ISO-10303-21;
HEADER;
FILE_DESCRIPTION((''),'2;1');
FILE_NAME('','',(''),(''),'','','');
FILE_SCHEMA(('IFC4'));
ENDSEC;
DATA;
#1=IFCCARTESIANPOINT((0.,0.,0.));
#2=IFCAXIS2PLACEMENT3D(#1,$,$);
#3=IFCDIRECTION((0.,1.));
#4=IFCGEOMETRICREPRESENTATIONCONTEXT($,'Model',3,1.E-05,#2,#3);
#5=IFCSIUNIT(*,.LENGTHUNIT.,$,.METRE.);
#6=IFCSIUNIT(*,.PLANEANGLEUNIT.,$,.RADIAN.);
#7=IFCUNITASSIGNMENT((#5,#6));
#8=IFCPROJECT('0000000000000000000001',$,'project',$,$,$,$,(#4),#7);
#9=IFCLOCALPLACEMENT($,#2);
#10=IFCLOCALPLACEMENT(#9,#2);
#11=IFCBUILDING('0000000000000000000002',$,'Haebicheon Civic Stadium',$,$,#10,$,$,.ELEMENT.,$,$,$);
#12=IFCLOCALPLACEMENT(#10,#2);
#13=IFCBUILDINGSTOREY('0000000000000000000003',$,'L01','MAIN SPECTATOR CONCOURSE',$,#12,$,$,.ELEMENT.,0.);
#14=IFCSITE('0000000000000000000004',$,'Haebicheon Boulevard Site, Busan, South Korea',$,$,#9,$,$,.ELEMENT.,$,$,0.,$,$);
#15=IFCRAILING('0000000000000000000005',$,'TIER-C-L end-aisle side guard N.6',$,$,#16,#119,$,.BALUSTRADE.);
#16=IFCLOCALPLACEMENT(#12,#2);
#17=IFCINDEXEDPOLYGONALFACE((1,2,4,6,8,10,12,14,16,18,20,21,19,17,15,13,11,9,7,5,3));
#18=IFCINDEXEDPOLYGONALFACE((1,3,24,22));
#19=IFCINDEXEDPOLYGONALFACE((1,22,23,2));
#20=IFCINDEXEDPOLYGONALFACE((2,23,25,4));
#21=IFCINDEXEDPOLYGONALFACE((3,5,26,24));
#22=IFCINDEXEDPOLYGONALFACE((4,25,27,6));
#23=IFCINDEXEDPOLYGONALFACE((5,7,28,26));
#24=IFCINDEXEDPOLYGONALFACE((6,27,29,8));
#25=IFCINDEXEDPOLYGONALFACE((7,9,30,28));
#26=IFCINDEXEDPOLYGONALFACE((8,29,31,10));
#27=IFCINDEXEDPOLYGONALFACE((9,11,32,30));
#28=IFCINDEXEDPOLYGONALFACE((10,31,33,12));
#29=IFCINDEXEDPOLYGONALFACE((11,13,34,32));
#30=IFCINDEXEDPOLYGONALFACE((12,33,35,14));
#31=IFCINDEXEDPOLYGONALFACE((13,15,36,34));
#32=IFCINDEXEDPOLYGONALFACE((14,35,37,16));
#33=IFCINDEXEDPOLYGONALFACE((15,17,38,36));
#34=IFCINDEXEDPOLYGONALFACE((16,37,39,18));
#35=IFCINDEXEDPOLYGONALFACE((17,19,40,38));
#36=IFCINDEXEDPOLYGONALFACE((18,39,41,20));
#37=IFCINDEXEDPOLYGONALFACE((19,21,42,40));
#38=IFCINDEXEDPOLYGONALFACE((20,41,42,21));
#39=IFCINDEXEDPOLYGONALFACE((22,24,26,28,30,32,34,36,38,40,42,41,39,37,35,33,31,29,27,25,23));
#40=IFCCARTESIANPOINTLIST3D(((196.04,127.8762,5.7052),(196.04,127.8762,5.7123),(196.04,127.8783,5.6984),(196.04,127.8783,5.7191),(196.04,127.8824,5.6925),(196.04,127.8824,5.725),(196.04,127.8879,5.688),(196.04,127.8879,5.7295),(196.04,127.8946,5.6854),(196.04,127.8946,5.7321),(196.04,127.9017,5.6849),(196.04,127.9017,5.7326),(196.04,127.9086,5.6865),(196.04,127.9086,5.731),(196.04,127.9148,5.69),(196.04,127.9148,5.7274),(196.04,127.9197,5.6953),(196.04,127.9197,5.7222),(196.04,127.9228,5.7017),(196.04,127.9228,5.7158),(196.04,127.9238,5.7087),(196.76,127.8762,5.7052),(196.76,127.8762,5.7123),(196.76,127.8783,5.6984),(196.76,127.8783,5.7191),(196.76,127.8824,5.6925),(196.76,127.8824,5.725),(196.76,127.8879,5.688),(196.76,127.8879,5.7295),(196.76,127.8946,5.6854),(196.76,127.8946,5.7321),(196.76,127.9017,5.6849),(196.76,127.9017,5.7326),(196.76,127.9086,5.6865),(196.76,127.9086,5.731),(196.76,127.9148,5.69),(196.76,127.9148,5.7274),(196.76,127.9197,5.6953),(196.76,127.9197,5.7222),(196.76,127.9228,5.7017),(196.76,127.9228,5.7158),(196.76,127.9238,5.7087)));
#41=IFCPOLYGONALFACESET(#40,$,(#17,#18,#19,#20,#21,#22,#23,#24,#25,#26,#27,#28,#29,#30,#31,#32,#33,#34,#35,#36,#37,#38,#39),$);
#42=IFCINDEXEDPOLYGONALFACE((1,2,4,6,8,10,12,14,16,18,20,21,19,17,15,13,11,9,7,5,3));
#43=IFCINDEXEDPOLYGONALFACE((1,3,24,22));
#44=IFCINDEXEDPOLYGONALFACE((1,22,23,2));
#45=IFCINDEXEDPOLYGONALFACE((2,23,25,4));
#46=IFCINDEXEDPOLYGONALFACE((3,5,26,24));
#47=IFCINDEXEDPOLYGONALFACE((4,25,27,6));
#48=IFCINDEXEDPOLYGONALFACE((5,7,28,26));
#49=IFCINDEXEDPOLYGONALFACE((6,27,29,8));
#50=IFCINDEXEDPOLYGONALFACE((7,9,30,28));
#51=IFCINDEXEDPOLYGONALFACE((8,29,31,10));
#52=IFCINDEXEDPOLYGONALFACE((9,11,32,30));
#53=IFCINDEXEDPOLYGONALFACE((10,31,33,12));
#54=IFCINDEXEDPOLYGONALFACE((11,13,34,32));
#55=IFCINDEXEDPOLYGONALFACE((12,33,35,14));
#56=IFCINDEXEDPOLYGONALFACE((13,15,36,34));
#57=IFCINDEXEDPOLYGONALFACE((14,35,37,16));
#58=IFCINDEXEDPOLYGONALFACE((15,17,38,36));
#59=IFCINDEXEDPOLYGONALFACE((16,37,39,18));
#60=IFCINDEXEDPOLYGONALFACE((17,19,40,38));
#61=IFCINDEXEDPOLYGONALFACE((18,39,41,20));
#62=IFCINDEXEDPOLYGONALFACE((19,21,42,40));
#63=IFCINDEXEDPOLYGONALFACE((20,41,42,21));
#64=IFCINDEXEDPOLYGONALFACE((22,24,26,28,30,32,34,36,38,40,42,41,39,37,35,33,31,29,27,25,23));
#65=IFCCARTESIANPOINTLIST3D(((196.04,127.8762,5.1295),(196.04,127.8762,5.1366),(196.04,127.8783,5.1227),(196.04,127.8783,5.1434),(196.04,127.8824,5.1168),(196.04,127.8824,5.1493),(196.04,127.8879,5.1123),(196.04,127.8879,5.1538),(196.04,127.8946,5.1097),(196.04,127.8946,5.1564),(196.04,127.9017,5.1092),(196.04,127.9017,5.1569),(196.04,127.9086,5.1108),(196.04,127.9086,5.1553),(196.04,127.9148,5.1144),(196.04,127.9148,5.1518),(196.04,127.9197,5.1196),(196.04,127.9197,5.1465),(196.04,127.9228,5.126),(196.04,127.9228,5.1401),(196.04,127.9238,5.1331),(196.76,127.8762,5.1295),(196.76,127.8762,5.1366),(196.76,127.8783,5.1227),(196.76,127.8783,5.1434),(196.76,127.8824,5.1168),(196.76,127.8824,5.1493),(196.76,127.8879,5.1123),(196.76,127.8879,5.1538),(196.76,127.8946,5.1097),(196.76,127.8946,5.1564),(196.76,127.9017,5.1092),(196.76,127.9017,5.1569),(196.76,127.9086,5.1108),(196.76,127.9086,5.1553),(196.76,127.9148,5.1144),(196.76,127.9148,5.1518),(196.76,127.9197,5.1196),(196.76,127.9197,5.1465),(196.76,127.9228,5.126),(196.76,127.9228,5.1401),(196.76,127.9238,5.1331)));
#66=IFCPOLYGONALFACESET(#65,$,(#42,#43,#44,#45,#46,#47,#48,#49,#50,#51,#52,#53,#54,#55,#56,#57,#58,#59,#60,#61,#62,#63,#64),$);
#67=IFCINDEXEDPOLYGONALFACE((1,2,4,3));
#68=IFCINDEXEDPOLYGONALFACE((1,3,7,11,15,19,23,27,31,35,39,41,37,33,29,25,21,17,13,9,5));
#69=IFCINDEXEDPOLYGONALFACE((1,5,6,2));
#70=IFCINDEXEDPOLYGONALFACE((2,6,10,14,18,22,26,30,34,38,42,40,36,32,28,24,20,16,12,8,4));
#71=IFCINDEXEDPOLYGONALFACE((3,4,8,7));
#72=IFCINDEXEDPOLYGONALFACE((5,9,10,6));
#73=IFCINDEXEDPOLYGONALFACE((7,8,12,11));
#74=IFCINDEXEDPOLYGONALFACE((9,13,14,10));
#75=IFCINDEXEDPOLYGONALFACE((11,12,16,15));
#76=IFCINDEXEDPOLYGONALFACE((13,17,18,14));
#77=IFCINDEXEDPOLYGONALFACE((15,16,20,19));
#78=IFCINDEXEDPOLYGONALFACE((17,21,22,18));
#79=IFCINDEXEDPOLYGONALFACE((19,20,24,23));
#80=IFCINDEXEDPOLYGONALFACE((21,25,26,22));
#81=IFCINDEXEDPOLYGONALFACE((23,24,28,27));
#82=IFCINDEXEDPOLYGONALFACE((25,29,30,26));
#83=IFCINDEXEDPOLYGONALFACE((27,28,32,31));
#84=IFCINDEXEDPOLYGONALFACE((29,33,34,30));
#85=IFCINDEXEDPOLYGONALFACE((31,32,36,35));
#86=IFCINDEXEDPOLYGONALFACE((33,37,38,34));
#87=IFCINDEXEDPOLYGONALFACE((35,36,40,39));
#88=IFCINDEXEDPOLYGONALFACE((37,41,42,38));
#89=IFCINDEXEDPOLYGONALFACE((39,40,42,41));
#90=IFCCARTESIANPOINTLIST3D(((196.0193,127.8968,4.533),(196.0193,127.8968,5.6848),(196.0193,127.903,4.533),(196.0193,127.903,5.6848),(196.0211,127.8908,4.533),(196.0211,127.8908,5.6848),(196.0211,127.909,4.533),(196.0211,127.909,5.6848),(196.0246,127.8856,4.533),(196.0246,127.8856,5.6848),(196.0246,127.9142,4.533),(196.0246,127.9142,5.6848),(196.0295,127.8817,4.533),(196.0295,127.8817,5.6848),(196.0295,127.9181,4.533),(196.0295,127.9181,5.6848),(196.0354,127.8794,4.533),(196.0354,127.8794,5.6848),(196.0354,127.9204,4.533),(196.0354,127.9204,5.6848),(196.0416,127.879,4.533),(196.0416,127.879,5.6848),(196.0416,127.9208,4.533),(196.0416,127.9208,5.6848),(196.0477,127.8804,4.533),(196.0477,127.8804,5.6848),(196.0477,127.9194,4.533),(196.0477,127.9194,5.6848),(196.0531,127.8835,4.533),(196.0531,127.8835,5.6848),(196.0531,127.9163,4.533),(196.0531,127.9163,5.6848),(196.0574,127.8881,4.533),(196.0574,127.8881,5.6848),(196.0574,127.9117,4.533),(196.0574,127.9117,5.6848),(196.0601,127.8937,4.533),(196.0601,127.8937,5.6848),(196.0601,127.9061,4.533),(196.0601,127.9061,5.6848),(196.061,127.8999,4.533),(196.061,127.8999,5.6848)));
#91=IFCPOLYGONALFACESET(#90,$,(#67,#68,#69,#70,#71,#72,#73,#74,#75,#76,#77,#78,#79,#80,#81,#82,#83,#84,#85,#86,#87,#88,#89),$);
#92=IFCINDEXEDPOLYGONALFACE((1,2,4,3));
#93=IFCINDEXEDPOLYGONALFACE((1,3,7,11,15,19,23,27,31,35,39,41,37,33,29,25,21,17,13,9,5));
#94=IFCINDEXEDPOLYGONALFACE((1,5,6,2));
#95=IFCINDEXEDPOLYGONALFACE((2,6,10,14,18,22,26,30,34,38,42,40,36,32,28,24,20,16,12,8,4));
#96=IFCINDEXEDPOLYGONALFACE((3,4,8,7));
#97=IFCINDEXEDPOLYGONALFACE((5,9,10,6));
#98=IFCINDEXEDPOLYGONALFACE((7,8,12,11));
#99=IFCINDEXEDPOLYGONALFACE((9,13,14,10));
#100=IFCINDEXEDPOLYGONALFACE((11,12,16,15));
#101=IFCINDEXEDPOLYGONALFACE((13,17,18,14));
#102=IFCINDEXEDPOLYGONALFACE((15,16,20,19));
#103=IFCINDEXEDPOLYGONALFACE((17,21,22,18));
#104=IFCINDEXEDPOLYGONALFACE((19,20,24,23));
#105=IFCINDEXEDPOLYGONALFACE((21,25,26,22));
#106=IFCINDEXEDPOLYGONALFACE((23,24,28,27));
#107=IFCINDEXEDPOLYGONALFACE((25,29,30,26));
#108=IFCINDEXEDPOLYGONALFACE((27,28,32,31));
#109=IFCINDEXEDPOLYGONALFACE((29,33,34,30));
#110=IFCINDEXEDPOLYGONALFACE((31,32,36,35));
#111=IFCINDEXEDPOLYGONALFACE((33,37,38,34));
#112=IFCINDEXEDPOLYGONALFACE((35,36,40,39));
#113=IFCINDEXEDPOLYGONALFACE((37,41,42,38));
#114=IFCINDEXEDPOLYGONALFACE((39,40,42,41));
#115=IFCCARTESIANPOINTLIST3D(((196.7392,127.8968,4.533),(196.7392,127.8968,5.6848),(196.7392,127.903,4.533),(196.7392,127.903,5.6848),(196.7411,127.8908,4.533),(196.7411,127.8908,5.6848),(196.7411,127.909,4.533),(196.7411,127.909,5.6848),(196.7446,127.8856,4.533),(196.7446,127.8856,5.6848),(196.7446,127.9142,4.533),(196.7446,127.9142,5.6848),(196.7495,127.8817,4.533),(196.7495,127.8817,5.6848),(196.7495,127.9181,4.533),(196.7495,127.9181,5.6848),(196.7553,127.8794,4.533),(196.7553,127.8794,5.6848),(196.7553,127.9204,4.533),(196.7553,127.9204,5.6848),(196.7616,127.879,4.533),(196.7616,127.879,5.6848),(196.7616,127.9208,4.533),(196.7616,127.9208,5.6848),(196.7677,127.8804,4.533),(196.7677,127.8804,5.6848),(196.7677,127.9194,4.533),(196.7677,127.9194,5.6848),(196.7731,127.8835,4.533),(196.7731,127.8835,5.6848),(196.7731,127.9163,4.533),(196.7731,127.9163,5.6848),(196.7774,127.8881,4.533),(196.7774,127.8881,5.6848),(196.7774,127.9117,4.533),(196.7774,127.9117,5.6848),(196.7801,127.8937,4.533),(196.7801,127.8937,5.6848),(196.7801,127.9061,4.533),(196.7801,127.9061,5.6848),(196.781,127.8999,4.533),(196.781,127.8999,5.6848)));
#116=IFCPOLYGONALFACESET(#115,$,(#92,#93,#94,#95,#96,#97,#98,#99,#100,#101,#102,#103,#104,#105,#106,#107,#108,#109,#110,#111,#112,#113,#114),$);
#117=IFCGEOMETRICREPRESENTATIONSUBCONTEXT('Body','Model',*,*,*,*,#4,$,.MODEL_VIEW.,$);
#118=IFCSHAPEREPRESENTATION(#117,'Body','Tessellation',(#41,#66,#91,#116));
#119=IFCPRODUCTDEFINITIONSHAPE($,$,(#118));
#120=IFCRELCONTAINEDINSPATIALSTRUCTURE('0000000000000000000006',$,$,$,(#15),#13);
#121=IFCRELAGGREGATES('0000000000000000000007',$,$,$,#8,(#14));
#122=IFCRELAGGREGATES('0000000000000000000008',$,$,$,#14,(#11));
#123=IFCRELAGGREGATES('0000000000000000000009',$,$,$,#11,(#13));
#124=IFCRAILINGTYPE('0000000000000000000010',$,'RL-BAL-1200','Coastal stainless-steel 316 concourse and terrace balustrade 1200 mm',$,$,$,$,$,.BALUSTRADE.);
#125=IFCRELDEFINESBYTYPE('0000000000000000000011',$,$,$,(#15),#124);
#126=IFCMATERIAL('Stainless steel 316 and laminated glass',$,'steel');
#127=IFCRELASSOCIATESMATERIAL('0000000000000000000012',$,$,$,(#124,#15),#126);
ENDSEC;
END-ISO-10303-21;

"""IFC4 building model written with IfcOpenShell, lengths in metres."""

from ifc_helpers import new_model, si_unit, direction, frame, origin, origin_2d, place, context, subcontext, project, spatial, circle, extrude, material, type_object, element, save


model = new_model("IFC4")

# Units and contexts
model_context = context("Model", 3, precision=1e-05, world=origin(), true_north=direction((0.0, 1.0)))
body_context = subcontext(model_context, "Body", "Model", "MODEL_VIEW")
ifc_project = project(units=[si_unit("LENGTHUNIT", "METRE"), si_unit("PLANEANGLEUNIT", "RADIAN")], contexts=[model_context])

# Site, building, storey
site_placement = place(None, origin())
site = spatial("IfcSite", under=ifc_project, at=site_placement, Name="Haebicheon Boulevard Site, Busan, South Korea", CompositionType="ELEMENT", RefElevation=0.0)
building_placement = place(site_placement, origin())
building = spatial("IfcBuilding", under=site, at=building_placement, Name="Haebicheon Civic Stadium", CompositionType="ELEMENT")
storey_placement = place(building_placement, origin())
storey = spatial("IfcBuildingStorey", under=building, at=storey_placement, Name="L01", Description="MAIN SPECTATOR CONCOURSE", CompositionType="ELEMENT", Elevation=0.0)

# Railing
ifc_material_1 = material(Name="Stainless steel 316 and laminated glass", Category="steel")
railing_type = type_object("IfcRailingType", Name="RL-BAL-1200", Description="Coastal stainless-steel 316 concourse and terrace balustrade 1200 mm", PredefinedType="BALUSTRADE", material=ifc_material_1)
for number, where, name in (
    (1, (196.04, 127.8999, 4.533), "TIER-C-L end-aisle side guard N.6"),
):
    element("IfcRailing", number, at=place(storey_placement, frame(where)), inside=storey, type_object=railing_type, material=ifc_material_1, Name=name, PredefinedType="BALUSTRADE", context=body_context, shape_type="SweptSolid", body=[
        extrude(circle(Radius=0.0239, at=origin_2d()), frame((0.0, 0.0, 1.1758), z_axis=(1.0, 0.0, 0.0), x_axis=(0.0, 1.0, 0.0)), (0.0, 0.0, 1.0), 0.72),
        extrude(circle(Radius=0.0239, at=origin_2d()), frame((0.0, 0.0, 0.6001), z_axis=(1.0, 0.0, 0.0), x_axis=(0.0, 1.0, 0.0)), (0.0, 0.0, 1.0), 0.72),
        extrude(circle(Radius=0.021, at=origin_2d()), origin(), (0.0, 0.0, 1.0), 1.1519),
        extrude(circle(Radius=0.021, at=origin_2d()), frame((0.72, 0.0, 0.0)), (0.0, 0.0, 1.0), 1.1519),
    ])

save(model, "model.ifc")
